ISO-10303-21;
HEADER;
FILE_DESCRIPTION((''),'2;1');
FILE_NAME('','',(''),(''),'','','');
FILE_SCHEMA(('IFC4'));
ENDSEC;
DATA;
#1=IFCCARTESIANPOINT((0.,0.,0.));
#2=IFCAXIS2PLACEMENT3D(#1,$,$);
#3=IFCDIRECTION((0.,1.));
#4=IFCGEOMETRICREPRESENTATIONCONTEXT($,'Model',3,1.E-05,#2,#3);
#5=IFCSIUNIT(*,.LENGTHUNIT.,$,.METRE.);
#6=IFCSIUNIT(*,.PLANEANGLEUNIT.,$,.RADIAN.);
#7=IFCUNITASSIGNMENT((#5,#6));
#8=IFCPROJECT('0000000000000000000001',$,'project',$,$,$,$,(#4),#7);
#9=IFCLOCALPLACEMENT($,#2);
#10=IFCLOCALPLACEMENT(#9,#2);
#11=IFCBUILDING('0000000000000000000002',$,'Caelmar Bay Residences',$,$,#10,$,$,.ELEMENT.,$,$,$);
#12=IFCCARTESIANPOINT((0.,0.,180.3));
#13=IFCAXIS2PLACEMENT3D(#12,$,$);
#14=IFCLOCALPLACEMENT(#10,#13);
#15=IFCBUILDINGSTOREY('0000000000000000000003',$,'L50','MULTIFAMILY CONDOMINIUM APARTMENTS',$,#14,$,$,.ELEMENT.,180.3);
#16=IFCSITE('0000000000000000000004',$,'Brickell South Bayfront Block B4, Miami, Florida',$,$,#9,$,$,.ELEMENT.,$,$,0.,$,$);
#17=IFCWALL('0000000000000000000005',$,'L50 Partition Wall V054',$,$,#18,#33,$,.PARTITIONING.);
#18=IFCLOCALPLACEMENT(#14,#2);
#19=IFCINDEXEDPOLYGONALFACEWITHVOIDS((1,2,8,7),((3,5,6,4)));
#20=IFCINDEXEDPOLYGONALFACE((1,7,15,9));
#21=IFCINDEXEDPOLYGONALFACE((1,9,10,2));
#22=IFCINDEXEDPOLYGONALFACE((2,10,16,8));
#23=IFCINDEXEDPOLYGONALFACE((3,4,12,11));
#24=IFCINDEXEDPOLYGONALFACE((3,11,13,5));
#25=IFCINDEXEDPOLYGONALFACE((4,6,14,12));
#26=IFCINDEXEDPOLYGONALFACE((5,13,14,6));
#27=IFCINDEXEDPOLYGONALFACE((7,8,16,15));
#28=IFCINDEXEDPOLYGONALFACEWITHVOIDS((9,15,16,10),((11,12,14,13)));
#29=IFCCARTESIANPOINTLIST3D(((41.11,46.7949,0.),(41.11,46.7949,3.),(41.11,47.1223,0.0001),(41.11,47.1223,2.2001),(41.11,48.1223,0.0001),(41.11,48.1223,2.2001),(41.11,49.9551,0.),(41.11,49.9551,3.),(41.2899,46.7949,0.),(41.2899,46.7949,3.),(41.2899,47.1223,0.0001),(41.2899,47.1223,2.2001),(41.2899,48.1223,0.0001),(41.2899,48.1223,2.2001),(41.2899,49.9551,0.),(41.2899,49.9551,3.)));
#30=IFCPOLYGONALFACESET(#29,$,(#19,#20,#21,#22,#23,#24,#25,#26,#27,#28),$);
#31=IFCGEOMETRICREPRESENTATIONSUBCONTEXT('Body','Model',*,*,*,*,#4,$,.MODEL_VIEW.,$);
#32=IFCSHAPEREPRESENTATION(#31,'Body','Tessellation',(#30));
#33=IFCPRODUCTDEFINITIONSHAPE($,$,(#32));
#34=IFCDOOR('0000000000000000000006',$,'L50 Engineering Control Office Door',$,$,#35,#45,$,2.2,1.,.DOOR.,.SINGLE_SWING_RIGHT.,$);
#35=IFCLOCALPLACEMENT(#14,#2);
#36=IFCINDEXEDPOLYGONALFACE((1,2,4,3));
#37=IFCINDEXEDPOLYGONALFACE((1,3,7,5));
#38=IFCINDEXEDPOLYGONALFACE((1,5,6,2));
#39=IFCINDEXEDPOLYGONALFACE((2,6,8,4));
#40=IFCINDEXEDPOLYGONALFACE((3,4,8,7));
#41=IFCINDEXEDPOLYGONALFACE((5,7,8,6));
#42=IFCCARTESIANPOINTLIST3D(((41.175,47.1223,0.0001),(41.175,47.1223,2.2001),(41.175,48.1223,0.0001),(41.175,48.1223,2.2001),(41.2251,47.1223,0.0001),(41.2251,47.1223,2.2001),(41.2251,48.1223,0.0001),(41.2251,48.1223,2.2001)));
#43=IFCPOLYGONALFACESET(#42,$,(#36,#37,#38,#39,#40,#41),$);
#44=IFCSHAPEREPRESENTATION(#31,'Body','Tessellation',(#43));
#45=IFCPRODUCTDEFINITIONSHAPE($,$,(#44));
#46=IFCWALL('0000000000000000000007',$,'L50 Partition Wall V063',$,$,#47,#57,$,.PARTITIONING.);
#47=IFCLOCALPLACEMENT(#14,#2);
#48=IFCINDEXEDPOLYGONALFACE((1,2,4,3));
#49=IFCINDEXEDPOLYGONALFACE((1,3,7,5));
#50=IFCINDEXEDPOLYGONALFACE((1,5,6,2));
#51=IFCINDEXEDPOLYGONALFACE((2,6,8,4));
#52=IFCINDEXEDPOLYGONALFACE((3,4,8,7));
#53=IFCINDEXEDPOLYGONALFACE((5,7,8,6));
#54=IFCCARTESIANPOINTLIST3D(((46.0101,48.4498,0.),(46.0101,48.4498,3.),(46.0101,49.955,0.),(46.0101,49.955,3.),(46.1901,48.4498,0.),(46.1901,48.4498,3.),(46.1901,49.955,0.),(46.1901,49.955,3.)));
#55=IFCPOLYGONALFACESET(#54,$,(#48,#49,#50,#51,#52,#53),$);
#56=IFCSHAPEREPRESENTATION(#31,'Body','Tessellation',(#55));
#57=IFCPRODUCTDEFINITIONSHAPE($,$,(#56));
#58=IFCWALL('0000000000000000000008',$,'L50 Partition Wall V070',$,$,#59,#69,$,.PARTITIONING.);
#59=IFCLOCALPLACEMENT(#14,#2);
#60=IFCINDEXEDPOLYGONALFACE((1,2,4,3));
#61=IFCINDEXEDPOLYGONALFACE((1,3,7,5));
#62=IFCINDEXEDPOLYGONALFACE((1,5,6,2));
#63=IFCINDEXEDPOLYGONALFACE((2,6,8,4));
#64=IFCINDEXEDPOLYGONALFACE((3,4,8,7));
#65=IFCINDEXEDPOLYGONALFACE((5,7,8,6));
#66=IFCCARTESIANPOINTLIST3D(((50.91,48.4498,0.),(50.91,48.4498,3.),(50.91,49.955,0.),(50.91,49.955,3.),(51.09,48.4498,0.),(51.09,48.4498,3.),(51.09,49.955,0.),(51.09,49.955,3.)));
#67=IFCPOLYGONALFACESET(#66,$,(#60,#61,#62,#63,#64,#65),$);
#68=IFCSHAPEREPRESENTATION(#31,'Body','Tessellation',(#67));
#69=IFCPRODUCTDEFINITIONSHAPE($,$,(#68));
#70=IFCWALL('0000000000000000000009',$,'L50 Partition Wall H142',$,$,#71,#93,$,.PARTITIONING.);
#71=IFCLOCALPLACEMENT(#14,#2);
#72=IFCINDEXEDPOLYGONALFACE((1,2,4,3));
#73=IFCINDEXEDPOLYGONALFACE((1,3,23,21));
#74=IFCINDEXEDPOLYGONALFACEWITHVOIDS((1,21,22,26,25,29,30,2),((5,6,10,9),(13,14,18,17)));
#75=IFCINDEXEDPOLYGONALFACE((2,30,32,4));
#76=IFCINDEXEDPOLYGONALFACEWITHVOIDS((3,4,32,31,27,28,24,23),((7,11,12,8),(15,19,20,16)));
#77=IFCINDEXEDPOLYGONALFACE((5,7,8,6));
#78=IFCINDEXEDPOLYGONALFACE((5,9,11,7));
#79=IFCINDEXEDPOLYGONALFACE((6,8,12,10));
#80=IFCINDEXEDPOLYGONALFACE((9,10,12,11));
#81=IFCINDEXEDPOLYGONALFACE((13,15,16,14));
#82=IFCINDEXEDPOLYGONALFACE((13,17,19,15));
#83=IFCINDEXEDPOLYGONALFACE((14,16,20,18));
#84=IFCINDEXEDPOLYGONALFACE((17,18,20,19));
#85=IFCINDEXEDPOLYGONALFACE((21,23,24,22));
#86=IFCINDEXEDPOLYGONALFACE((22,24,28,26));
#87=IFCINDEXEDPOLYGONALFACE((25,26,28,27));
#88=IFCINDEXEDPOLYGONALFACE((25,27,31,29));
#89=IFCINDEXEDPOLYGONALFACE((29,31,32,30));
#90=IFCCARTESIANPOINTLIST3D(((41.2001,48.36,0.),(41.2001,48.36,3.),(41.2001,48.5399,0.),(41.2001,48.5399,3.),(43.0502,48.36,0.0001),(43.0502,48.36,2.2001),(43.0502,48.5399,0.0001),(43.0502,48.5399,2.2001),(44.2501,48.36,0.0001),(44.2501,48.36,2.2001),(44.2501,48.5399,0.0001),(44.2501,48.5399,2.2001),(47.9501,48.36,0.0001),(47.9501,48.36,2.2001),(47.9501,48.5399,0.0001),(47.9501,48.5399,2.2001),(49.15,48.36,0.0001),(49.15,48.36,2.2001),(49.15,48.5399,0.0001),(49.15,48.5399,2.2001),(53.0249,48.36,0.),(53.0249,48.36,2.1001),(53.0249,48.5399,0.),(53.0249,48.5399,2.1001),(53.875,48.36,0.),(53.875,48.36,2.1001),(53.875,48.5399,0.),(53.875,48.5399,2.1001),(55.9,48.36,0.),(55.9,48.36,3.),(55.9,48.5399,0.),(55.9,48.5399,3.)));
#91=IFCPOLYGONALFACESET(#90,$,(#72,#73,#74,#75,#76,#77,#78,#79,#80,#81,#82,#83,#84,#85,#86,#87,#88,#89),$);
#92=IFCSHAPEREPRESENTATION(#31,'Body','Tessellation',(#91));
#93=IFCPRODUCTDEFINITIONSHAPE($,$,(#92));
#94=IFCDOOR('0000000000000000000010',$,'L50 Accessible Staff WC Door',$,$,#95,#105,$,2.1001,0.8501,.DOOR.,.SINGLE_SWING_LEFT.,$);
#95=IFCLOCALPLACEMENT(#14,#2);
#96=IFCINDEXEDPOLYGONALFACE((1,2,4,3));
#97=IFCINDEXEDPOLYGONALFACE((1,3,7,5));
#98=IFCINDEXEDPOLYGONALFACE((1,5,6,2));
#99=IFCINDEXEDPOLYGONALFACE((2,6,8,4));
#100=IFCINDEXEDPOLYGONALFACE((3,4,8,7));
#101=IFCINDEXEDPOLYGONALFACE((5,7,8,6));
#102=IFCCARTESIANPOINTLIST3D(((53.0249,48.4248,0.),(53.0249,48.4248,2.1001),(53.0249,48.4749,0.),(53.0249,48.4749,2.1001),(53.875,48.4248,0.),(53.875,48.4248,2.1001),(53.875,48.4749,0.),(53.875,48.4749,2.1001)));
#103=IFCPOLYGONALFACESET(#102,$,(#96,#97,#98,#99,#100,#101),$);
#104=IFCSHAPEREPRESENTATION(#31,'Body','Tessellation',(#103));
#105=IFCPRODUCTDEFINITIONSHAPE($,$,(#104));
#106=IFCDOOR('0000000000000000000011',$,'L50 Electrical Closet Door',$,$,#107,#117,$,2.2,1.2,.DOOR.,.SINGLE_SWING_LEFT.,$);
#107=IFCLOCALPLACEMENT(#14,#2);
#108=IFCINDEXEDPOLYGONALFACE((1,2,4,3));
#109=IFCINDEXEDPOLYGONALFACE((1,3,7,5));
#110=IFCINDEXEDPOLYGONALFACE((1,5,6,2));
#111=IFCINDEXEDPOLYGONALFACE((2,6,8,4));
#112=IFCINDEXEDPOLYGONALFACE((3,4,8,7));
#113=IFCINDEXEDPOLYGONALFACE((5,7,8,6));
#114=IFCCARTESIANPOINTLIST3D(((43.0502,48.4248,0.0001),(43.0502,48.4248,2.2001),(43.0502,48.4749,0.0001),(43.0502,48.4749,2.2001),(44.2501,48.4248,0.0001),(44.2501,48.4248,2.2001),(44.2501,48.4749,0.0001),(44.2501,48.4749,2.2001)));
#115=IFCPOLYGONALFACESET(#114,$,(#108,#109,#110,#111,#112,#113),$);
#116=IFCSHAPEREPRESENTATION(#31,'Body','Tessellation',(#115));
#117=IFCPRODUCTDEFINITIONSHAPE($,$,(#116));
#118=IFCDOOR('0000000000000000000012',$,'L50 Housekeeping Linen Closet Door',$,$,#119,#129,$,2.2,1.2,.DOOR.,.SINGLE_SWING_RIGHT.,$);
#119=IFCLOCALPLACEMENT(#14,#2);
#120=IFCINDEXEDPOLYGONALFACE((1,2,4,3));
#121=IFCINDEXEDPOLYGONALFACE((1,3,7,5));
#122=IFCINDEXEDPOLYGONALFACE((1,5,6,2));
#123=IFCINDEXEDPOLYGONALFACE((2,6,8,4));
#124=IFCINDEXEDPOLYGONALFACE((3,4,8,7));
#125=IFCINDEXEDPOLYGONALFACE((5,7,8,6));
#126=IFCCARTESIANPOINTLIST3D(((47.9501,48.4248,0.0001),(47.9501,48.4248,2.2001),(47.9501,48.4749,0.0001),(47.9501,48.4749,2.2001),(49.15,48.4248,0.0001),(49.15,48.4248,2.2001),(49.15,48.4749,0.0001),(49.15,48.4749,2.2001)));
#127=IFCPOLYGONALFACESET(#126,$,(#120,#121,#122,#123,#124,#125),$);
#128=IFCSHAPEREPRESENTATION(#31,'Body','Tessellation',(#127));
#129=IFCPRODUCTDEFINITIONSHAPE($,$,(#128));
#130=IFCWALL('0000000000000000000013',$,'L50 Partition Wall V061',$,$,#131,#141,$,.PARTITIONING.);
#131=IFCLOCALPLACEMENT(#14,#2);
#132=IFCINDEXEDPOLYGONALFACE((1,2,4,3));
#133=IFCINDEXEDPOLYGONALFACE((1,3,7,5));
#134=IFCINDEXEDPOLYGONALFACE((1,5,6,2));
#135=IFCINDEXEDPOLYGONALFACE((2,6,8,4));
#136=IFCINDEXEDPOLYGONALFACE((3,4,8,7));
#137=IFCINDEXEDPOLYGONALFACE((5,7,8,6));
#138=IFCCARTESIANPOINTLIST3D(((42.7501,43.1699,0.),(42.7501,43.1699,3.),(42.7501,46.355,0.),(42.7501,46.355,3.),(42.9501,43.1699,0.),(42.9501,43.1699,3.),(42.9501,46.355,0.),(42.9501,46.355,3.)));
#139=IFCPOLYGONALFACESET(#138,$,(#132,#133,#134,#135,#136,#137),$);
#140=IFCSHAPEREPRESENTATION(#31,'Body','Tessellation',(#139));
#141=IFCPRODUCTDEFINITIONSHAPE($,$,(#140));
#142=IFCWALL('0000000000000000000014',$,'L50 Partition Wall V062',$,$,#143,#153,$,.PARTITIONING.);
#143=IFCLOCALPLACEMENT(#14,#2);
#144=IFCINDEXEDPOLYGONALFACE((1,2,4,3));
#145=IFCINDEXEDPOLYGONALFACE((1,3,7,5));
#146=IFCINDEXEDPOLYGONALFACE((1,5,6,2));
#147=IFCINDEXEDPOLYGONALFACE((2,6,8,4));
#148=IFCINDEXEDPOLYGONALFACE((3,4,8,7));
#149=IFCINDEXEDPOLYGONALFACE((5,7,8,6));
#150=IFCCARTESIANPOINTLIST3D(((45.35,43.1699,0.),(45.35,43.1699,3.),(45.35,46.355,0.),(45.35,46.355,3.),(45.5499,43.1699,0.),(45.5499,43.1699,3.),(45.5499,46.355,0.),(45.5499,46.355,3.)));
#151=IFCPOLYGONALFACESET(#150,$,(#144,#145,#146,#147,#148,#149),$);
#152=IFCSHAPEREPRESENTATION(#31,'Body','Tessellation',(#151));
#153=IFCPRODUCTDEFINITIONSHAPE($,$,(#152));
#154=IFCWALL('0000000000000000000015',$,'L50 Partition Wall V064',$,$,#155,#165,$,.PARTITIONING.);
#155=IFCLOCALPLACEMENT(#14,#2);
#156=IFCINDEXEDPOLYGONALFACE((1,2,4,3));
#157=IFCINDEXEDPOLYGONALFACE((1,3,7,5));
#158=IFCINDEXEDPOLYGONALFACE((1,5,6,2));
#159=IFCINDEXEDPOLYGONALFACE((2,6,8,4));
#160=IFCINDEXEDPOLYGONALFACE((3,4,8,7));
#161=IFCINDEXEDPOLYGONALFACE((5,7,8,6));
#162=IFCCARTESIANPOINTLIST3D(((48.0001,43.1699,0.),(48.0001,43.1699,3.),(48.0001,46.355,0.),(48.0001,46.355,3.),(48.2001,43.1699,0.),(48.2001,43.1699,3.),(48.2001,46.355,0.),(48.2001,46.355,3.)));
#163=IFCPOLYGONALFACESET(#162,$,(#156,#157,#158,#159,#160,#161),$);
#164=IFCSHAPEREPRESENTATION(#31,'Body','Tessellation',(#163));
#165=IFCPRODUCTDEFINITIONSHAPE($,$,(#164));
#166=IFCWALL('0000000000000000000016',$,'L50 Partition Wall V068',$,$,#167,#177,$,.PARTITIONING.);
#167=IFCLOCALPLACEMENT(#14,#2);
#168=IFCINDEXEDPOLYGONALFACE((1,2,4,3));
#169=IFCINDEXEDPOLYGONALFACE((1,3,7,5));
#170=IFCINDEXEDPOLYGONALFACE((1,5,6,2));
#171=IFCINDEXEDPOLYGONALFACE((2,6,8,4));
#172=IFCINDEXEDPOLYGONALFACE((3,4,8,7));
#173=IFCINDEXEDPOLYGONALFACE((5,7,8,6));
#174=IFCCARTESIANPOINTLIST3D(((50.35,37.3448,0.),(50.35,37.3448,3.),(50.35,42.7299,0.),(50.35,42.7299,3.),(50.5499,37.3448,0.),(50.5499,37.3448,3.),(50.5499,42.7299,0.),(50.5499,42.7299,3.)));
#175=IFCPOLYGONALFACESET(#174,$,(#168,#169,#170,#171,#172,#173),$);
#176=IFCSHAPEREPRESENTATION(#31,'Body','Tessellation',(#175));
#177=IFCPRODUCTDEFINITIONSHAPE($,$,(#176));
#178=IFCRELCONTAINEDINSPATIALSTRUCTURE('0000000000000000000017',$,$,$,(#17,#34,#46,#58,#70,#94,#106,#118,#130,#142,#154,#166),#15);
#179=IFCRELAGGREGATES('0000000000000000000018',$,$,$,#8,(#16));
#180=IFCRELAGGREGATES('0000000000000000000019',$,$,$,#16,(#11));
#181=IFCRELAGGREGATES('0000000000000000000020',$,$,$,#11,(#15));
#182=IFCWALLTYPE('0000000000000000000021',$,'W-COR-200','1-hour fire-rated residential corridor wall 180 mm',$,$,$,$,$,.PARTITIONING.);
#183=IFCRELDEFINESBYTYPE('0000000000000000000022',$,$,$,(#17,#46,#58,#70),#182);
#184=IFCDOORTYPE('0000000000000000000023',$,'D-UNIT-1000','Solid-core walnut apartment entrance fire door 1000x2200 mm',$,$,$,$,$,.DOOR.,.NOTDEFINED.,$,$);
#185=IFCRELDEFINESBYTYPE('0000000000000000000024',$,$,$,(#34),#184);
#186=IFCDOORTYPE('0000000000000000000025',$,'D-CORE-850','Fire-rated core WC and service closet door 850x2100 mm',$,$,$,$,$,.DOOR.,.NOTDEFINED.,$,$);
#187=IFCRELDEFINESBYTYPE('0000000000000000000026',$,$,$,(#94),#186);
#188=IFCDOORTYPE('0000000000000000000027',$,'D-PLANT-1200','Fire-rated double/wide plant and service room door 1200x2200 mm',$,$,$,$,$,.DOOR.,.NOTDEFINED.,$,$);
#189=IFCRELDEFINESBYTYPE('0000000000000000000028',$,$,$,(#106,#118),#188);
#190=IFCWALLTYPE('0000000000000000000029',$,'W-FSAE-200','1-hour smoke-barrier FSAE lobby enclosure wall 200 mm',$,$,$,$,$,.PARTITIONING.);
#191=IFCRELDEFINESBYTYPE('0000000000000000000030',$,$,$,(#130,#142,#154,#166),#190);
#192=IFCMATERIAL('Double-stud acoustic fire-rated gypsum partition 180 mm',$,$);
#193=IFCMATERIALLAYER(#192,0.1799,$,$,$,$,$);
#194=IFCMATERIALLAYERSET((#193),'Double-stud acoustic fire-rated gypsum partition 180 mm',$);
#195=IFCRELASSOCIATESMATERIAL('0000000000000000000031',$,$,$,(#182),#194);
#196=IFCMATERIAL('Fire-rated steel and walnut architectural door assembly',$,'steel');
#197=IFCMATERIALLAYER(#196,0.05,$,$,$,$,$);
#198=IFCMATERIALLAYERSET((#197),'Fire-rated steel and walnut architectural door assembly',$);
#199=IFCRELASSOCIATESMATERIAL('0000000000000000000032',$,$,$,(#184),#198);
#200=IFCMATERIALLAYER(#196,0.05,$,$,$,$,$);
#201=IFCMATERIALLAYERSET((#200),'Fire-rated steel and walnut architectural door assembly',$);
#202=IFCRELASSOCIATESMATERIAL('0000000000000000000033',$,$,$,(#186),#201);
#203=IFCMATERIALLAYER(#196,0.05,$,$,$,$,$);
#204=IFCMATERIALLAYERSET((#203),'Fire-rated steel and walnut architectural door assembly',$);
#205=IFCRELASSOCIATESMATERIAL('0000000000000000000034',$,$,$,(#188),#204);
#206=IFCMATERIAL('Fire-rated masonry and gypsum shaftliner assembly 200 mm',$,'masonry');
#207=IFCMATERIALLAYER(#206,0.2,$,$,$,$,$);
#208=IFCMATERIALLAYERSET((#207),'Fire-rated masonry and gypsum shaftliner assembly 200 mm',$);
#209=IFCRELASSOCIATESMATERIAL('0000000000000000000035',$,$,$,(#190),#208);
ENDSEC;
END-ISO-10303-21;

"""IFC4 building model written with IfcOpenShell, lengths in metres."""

from ifc_helpers import new_model, si_unit, direction, frame, frame_2d, origin, place, context, subcontext, project, spatial, rectangle, extrude, material, layer, layer_set, type_object, element, fill, save


model = new_model("IFC4")

# Units and contexts
model_context = context("Model", 3, precision=1e-05, world=origin(), true_north=direction((0.0, 1.0)))
body_context = subcontext(model_context, "Body", "Model", "MODEL_VIEW")
ifc_project = project(units=[si_unit("LENGTHUNIT", "METRE"), si_unit("PLANEANGLEUNIT", "RADIAN")], contexts=[model_context])

# Site, building, storey
site_placement = place(None, origin())
site = spatial("IfcSite", under=ifc_project, at=site_placement, Name="Brickell South Bayfront Block B4, Miami, Florida", CompositionType="ELEMENT", RefElevation=0.0)
building_placement = place(site_placement, origin())
building = spatial("IfcBuilding", under=site, at=building_placement, Name="Caelmar Bay Residences", CompositionType="ELEMENT")
storey_placement = place(building_placement, frame((0.0, 0.0, 180.3)))
storey = spatial("IfcBuildingStorey", under=building, at=storey_placement, Name="L50", Description="MULTIFAMILY CONDOMINIUM APARTMENTS", CompositionType="ELEMENT", Elevation=180.3)

# Wall, opening, door
ifc_material_1 = material(Name="Double-stud acoustic fire-rated gypsum partition 180 mm")
ifc_layer_1 = layer(ifc_material_1, 0.1799)
ifc_layer_set_1 = layer_set([ifc_layer_1], Name="Double-stud acoustic fire-rated gypsum partition 180 mm")
wall_type_1 = type_object("IfcWallType", Name="W-COR-200", Description="1-hour fire-rated residential corridor wall 180 mm", PredefinedType="PARTITIONING", material=ifc_layer_set_1)
wall_1_placement = place(storey_placement, frame((41.2, 46.7949, 0.0), z_axis=(0.0, 0.0, 1.0), x_axis=(0.0, 1.0, 0.0)))
wall_1 = element("IfcWall", 1, at=wall_1_placement, inside=storey, type_object=wall_type_1, Name="L50 Partition Wall V054", PredefinedType="PARTITIONING", context=body_context, shape_type="SweptSolid", body=[
    extrude(rectangle(XDim=3.1602, YDim=0.1799, at=frame_2d((1.5801, 0.0))), origin(), (0.0, 0.0, 1.0), 3.0),
])
opening_1_placement = place(wall_1_placement, frame((0.3274, 0.0, 0.0)))
opening_1 = element("IfcOpeningElement", 2, at=opening_1_placement, cuts=wall_1, PredefinedType="OPENING", context=body_context, shape_type="SweptSolid", body=[
    extrude(rectangle(XDim=1.0, YDim=2.2, at=frame_2d((0.5, 1.1001))), frame((0.0, 0.0999, 0.0), z_axis=(0.0, -1.0, 0.0), x_axis=(1.0, 0.0, 0.0)), (0.0, 0.0, 1.0), 0.2),
])
ifc_material_2 = material(Name="Fire-rated steel and walnut architectural door assembly", Category="steel")
ifc_layer_2 = layer(ifc_material_2, 0.05)
ifc_layer_set_2 = layer_set([ifc_layer_2], Name="Fire-rated steel and walnut architectural door assembly")
door_type_1 = type_object("IfcDoorType", Name="D-UNIT-1000", Description="Solid-core walnut apartment entrance fire door 1000x2200 mm", OperationType="NOTDEFINED", PredefinedType="DOOR", material=ifc_layer_set_2)
door_1_placement = place(opening_1_placement, origin())
door_1 = element("IfcDoor", 3, at=door_1_placement, inside=storey, type_object=door_type_1, Name="L50 Engineering Control Office Door", OperationType="SINGLE_SWING_RIGHT", OverallHeight=2.2, OverallWidth=1.0, PredefinedType="DOOR", context=body_context, shape_type="SweptSolid", body=[
    extrude(rectangle(XDim=1.0, YDim=2.2, at=frame_2d((0.5, 1.1001))), frame((0.0, 0.0249, 0.0), z_axis=(0.0, -1.0, 0.0), x_axis=(1.0, 0.0, 0.0)), (0.0, 0.0, 1.0), 0.05),
])
fill(opening_1, door_1)

# Walls
for number, where, z_axis, x_axis, name in (
    (4, (46.1001, 48.45, 0.0), (0.0, 0.0, 1.0), (0.0, 1.0, 0.0), "L50 Partition Wall V063"),
    (5, (51.0, 48.45, 0.0), (0.0, 0.0, 1.0), (0.0, 1.0, 0.0), "L50 Partition Wall V070"),
):
    element("IfcWall", number, at=place(storey_placement, frame(where, z_axis=z_axis, x_axis=x_axis)), inside=storey, type_object=wall_type_1, Name=name, PredefinedType="PARTITIONING", context=body_context, shape_type="SweptSolid", body=[
        extrude(rectangle(XDim=1.5051, YDim=0.1799, at=frame_2d((0.7524, 0.0))), origin(), (0.0, 0.0, 1.0), 3.0),
    ])

# Wall, openings, doors
wall_2_placement = place(storey_placement, frame((41.2, 48.45, 0.0), z_axis=(0.0, 0.0, 1.0), x_axis=(1.0, 0.0, 0.0)))
wall_2 = element("IfcWall", 6, at=wall_2_placement, inside=storey, type_object=wall_type_1, Name="L50 Partition Wall H142", PredefinedType="PARTITIONING", context=body_context, shape_type="SweptSolid", body=[
    extrude(rectangle(XDim=14.7, YDim=0.1799, at=frame_2d((7.3501, 0.0))), origin(), (0.0, 0.0, 1.0), 3.0),
])
opening_2_placement = place(wall_2_placement, frame((1.8501, 0.0, 0.0)))
opening_2 = element("IfcOpeningElement", 7, at=opening_2_placement, cuts=wall_2, PredefinedType="OPENING", context=body_context, shape_type="SweptSolid", body=[
    extrude(rectangle(XDim=1.2, YDim=2.2, at=frame_2d((0.6001, 1.1001))), frame((0.0, 0.0999, 0.0), z_axis=(0.0, -1.0, 0.0), x_axis=(1.0, 0.0, 0.0)), (0.0, 0.0, 1.0), 0.2),
])
opening_3_placement = place(wall_2_placement, frame((6.75, 0.0, 0.0)))
opening_3 = element("IfcOpeningElement", 8, at=opening_3_placement, cuts=wall_2, PredefinedType="OPENING", context=body_context, shape_type="SweptSolid", body=[
    extrude(rectangle(XDim=1.2, YDim=2.2, at=frame_2d((0.6001, 1.1001))), frame((0.0, 0.0999, 0.0), z_axis=(0.0, -1.0, 0.0), x_axis=(1.0, 0.0, 0.0)), (0.0, 0.0, 1.0), 0.2),
])
opening_4_placement = place(wall_2_placement, frame((11.825, 0.0, 0.0)))
opening_4 = element("IfcOpeningElement", 9, at=opening_4_placement, cuts=wall_2, PredefinedType="OPENING", context=body_context, shape_type="SweptSolid", body=[
    extrude(rectangle(XDim=0.8501, YDim=2.1001, at=frame_2d((0.425, 1.05))), frame((0.0, 0.0999, 0.0), z_axis=(0.0, -1.0, 0.0), x_axis=(1.0, 0.0, 0.0)), (0.0, 0.0, 1.0), 0.2),
])
ifc_layer_3 = layer(ifc_material_2, 0.05)
ifc_layer_set_3 = layer_set([ifc_layer_3], Name="Fire-rated steel and walnut architectural door assembly")
door_type_2 = type_object("IfcDoorType", Name="D-CORE-850", Description="Fire-rated core WC and service closet door 850x2100 mm", OperationType="NOTDEFINED", PredefinedType="DOOR", material=ifc_layer_set_3)
door_2_placement = place(opening_4_placement, origin())
door_2 = element("IfcDoor", 10, at=door_2_placement, inside=storey, type_object=door_type_2, Name="L50 Accessible Staff WC Door", OperationType="SINGLE_SWING_LEFT", OverallHeight=2.1001, OverallWidth=0.8501, PredefinedType="DOOR", context=body_context, shape_type="SweptSolid", body=[
    extrude(rectangle(XDim=0.8501, YDim=2.1001, at=frame_2d((0.425, 1.05))), frame((0.0, 0.0249, 0.0), z_axis=(0.0, -1.0, 0.0), x_axis=(1.0, 0.0, 0.0)), (0.0, 0.0, 1.0), 0.05),
])
fill(opening_4, door_2)
ifc_layer_4 = layer(ifc_material_2, 0.05)
ifc_layer_set_4 = layer_set([ifc_layer_4], Name="Fire-rated steel and walnut architectural door assembly")
door_type_3 = type_object("IfcDoorType", Name="D-PLANT-1200", Description="Fire-rated double/wide plant and service room door 1200x2200 mm", OperationType="NOTDEFINED", PredefinedType="DOOR", material=ifc_layer_set_4)
door_3_placement = place(opening_2_placement, origin())
door_3 = element("IfcDoor", 11, at=door_3_placement, inside=storey, type_object=door_type_3, Name="L50 Electrical Closet Door", OperationType="SINGLE_SWING_LEFT", OverallHeight=2.2, OverallWidth=1.2, PredefinedType="DOOR", context=body_context, shape_type="SweptSolid", body=[
    extrude(rectangle(XDim=1.2, YDim=2.2, at=frame_2d((0.6001, 1.1001))), frame((0.0, 0.0249, 0.0), z_axis=(0.0, -1.0, 0.0), x_axis=(1.0, 0.0, 0.0)), (0.0, 0.0, 1.0), 0.05),
])
fill(opening_2, door_3)
door_4_placement = place(opening_3_placement, origin())
door_4 = element("IfcDoor", 12, at=door_4_placement, inside=storey, type_object=door_type_3, Name="L50 Housekeeping Linen Closet Door", OperationType="SINGLE_SWING_RIGHT", OverallHeight=2.2, OverallWidth=1.2, PredefinedType="DOOR", context=body_context, shape_type="SweptSolid", body=[
    extrude(rectangle(XDim=1.2, YDim=2.2, at=frame_2d((0.6001, 1.1001))), frame((0.0, 0.0249, 0.0), z_axis=(0.0, -1.0, 0.0), x_axis=(1.0, 0.0, 0.0)), (0.0, 0.0, 1.0), 0.05),
])
fill(opening_3, door_4)

# Walls
ifc_material_3 = material(Name="Fire-rated masonry and gypsum shaftliner assembly 200 mm", Category="masonry")
ifc_layer_5 = layer(ifc_material_3, 0.2)
ifc_layer_set_5 = layer_set([ifc_layer_5], Name="Fire-rated masonry and gypsum shaftliner assembly 200 mm")
wall_type_2 = type_object("IfcWallType", Name="W-FSAE-200", Description="1-hour smoke-barrier FSAE lobby enclosure wall 200 mm", PredefinedType="PARTITIONING", material=ifc_layer_set_5)
for number, where, z_axis, x_axis, name in (
    (13, (42.8501, 43.1699, 0.0), (0.0, 0.0, 1.0), (0.0, 1.0, 0.0), "L50 Partition Wall V061"),
    (14, (45.45, 43.1699, 0.0), (0.0, 0.0, 1.0), (0.0, 1.0, 0.0), "L50 Partition Wall V062"),
    (15, (48.1001, 43.1699, 0.0), (0.0, 0.0, 1.0), (0.0, 1.0, 0.0), "L50 Partition Wall V064"),
):
    element("IfcWall", number, at=place(storey_placement, frame(where, z_axis=z_axis, x_axis=x_axis)), inside=storey, type_object=wall_type_2, Name=name, PredefinedType="PARTITIONING", context=body_context, shape_type="SweptSolid", body=[
        extrude(rectangle(XDim=3.1851, YDim=0.2, at=frame_2d((1.5925, 0.0))), origin(), (0.0, 0.0, 1.0), 3.0),
    ])
wall_3_placement = place(storey_placement, frame((50.45, 37.345, 0.0), z_axis=(0.0, 0.0, 1.0), x_axis=(0.0, 1.0, 0.0)))
element("IfcWall", 16, at=wall_3_placement, inside=storey, type_object=wall_type_2, Name="L50 Partition Wall V068", PredefinedType="PARTITIONING", context=body_context, shape_type="SweptSolid", body=[
    extrude(rectangle(XDim=5.385, YDim=0.2, at=frame_2d((2.6924, 0.0))), origin(), (0.0, 0.0, 1.0), 3.0),
])

save(model, "model.ifc")
